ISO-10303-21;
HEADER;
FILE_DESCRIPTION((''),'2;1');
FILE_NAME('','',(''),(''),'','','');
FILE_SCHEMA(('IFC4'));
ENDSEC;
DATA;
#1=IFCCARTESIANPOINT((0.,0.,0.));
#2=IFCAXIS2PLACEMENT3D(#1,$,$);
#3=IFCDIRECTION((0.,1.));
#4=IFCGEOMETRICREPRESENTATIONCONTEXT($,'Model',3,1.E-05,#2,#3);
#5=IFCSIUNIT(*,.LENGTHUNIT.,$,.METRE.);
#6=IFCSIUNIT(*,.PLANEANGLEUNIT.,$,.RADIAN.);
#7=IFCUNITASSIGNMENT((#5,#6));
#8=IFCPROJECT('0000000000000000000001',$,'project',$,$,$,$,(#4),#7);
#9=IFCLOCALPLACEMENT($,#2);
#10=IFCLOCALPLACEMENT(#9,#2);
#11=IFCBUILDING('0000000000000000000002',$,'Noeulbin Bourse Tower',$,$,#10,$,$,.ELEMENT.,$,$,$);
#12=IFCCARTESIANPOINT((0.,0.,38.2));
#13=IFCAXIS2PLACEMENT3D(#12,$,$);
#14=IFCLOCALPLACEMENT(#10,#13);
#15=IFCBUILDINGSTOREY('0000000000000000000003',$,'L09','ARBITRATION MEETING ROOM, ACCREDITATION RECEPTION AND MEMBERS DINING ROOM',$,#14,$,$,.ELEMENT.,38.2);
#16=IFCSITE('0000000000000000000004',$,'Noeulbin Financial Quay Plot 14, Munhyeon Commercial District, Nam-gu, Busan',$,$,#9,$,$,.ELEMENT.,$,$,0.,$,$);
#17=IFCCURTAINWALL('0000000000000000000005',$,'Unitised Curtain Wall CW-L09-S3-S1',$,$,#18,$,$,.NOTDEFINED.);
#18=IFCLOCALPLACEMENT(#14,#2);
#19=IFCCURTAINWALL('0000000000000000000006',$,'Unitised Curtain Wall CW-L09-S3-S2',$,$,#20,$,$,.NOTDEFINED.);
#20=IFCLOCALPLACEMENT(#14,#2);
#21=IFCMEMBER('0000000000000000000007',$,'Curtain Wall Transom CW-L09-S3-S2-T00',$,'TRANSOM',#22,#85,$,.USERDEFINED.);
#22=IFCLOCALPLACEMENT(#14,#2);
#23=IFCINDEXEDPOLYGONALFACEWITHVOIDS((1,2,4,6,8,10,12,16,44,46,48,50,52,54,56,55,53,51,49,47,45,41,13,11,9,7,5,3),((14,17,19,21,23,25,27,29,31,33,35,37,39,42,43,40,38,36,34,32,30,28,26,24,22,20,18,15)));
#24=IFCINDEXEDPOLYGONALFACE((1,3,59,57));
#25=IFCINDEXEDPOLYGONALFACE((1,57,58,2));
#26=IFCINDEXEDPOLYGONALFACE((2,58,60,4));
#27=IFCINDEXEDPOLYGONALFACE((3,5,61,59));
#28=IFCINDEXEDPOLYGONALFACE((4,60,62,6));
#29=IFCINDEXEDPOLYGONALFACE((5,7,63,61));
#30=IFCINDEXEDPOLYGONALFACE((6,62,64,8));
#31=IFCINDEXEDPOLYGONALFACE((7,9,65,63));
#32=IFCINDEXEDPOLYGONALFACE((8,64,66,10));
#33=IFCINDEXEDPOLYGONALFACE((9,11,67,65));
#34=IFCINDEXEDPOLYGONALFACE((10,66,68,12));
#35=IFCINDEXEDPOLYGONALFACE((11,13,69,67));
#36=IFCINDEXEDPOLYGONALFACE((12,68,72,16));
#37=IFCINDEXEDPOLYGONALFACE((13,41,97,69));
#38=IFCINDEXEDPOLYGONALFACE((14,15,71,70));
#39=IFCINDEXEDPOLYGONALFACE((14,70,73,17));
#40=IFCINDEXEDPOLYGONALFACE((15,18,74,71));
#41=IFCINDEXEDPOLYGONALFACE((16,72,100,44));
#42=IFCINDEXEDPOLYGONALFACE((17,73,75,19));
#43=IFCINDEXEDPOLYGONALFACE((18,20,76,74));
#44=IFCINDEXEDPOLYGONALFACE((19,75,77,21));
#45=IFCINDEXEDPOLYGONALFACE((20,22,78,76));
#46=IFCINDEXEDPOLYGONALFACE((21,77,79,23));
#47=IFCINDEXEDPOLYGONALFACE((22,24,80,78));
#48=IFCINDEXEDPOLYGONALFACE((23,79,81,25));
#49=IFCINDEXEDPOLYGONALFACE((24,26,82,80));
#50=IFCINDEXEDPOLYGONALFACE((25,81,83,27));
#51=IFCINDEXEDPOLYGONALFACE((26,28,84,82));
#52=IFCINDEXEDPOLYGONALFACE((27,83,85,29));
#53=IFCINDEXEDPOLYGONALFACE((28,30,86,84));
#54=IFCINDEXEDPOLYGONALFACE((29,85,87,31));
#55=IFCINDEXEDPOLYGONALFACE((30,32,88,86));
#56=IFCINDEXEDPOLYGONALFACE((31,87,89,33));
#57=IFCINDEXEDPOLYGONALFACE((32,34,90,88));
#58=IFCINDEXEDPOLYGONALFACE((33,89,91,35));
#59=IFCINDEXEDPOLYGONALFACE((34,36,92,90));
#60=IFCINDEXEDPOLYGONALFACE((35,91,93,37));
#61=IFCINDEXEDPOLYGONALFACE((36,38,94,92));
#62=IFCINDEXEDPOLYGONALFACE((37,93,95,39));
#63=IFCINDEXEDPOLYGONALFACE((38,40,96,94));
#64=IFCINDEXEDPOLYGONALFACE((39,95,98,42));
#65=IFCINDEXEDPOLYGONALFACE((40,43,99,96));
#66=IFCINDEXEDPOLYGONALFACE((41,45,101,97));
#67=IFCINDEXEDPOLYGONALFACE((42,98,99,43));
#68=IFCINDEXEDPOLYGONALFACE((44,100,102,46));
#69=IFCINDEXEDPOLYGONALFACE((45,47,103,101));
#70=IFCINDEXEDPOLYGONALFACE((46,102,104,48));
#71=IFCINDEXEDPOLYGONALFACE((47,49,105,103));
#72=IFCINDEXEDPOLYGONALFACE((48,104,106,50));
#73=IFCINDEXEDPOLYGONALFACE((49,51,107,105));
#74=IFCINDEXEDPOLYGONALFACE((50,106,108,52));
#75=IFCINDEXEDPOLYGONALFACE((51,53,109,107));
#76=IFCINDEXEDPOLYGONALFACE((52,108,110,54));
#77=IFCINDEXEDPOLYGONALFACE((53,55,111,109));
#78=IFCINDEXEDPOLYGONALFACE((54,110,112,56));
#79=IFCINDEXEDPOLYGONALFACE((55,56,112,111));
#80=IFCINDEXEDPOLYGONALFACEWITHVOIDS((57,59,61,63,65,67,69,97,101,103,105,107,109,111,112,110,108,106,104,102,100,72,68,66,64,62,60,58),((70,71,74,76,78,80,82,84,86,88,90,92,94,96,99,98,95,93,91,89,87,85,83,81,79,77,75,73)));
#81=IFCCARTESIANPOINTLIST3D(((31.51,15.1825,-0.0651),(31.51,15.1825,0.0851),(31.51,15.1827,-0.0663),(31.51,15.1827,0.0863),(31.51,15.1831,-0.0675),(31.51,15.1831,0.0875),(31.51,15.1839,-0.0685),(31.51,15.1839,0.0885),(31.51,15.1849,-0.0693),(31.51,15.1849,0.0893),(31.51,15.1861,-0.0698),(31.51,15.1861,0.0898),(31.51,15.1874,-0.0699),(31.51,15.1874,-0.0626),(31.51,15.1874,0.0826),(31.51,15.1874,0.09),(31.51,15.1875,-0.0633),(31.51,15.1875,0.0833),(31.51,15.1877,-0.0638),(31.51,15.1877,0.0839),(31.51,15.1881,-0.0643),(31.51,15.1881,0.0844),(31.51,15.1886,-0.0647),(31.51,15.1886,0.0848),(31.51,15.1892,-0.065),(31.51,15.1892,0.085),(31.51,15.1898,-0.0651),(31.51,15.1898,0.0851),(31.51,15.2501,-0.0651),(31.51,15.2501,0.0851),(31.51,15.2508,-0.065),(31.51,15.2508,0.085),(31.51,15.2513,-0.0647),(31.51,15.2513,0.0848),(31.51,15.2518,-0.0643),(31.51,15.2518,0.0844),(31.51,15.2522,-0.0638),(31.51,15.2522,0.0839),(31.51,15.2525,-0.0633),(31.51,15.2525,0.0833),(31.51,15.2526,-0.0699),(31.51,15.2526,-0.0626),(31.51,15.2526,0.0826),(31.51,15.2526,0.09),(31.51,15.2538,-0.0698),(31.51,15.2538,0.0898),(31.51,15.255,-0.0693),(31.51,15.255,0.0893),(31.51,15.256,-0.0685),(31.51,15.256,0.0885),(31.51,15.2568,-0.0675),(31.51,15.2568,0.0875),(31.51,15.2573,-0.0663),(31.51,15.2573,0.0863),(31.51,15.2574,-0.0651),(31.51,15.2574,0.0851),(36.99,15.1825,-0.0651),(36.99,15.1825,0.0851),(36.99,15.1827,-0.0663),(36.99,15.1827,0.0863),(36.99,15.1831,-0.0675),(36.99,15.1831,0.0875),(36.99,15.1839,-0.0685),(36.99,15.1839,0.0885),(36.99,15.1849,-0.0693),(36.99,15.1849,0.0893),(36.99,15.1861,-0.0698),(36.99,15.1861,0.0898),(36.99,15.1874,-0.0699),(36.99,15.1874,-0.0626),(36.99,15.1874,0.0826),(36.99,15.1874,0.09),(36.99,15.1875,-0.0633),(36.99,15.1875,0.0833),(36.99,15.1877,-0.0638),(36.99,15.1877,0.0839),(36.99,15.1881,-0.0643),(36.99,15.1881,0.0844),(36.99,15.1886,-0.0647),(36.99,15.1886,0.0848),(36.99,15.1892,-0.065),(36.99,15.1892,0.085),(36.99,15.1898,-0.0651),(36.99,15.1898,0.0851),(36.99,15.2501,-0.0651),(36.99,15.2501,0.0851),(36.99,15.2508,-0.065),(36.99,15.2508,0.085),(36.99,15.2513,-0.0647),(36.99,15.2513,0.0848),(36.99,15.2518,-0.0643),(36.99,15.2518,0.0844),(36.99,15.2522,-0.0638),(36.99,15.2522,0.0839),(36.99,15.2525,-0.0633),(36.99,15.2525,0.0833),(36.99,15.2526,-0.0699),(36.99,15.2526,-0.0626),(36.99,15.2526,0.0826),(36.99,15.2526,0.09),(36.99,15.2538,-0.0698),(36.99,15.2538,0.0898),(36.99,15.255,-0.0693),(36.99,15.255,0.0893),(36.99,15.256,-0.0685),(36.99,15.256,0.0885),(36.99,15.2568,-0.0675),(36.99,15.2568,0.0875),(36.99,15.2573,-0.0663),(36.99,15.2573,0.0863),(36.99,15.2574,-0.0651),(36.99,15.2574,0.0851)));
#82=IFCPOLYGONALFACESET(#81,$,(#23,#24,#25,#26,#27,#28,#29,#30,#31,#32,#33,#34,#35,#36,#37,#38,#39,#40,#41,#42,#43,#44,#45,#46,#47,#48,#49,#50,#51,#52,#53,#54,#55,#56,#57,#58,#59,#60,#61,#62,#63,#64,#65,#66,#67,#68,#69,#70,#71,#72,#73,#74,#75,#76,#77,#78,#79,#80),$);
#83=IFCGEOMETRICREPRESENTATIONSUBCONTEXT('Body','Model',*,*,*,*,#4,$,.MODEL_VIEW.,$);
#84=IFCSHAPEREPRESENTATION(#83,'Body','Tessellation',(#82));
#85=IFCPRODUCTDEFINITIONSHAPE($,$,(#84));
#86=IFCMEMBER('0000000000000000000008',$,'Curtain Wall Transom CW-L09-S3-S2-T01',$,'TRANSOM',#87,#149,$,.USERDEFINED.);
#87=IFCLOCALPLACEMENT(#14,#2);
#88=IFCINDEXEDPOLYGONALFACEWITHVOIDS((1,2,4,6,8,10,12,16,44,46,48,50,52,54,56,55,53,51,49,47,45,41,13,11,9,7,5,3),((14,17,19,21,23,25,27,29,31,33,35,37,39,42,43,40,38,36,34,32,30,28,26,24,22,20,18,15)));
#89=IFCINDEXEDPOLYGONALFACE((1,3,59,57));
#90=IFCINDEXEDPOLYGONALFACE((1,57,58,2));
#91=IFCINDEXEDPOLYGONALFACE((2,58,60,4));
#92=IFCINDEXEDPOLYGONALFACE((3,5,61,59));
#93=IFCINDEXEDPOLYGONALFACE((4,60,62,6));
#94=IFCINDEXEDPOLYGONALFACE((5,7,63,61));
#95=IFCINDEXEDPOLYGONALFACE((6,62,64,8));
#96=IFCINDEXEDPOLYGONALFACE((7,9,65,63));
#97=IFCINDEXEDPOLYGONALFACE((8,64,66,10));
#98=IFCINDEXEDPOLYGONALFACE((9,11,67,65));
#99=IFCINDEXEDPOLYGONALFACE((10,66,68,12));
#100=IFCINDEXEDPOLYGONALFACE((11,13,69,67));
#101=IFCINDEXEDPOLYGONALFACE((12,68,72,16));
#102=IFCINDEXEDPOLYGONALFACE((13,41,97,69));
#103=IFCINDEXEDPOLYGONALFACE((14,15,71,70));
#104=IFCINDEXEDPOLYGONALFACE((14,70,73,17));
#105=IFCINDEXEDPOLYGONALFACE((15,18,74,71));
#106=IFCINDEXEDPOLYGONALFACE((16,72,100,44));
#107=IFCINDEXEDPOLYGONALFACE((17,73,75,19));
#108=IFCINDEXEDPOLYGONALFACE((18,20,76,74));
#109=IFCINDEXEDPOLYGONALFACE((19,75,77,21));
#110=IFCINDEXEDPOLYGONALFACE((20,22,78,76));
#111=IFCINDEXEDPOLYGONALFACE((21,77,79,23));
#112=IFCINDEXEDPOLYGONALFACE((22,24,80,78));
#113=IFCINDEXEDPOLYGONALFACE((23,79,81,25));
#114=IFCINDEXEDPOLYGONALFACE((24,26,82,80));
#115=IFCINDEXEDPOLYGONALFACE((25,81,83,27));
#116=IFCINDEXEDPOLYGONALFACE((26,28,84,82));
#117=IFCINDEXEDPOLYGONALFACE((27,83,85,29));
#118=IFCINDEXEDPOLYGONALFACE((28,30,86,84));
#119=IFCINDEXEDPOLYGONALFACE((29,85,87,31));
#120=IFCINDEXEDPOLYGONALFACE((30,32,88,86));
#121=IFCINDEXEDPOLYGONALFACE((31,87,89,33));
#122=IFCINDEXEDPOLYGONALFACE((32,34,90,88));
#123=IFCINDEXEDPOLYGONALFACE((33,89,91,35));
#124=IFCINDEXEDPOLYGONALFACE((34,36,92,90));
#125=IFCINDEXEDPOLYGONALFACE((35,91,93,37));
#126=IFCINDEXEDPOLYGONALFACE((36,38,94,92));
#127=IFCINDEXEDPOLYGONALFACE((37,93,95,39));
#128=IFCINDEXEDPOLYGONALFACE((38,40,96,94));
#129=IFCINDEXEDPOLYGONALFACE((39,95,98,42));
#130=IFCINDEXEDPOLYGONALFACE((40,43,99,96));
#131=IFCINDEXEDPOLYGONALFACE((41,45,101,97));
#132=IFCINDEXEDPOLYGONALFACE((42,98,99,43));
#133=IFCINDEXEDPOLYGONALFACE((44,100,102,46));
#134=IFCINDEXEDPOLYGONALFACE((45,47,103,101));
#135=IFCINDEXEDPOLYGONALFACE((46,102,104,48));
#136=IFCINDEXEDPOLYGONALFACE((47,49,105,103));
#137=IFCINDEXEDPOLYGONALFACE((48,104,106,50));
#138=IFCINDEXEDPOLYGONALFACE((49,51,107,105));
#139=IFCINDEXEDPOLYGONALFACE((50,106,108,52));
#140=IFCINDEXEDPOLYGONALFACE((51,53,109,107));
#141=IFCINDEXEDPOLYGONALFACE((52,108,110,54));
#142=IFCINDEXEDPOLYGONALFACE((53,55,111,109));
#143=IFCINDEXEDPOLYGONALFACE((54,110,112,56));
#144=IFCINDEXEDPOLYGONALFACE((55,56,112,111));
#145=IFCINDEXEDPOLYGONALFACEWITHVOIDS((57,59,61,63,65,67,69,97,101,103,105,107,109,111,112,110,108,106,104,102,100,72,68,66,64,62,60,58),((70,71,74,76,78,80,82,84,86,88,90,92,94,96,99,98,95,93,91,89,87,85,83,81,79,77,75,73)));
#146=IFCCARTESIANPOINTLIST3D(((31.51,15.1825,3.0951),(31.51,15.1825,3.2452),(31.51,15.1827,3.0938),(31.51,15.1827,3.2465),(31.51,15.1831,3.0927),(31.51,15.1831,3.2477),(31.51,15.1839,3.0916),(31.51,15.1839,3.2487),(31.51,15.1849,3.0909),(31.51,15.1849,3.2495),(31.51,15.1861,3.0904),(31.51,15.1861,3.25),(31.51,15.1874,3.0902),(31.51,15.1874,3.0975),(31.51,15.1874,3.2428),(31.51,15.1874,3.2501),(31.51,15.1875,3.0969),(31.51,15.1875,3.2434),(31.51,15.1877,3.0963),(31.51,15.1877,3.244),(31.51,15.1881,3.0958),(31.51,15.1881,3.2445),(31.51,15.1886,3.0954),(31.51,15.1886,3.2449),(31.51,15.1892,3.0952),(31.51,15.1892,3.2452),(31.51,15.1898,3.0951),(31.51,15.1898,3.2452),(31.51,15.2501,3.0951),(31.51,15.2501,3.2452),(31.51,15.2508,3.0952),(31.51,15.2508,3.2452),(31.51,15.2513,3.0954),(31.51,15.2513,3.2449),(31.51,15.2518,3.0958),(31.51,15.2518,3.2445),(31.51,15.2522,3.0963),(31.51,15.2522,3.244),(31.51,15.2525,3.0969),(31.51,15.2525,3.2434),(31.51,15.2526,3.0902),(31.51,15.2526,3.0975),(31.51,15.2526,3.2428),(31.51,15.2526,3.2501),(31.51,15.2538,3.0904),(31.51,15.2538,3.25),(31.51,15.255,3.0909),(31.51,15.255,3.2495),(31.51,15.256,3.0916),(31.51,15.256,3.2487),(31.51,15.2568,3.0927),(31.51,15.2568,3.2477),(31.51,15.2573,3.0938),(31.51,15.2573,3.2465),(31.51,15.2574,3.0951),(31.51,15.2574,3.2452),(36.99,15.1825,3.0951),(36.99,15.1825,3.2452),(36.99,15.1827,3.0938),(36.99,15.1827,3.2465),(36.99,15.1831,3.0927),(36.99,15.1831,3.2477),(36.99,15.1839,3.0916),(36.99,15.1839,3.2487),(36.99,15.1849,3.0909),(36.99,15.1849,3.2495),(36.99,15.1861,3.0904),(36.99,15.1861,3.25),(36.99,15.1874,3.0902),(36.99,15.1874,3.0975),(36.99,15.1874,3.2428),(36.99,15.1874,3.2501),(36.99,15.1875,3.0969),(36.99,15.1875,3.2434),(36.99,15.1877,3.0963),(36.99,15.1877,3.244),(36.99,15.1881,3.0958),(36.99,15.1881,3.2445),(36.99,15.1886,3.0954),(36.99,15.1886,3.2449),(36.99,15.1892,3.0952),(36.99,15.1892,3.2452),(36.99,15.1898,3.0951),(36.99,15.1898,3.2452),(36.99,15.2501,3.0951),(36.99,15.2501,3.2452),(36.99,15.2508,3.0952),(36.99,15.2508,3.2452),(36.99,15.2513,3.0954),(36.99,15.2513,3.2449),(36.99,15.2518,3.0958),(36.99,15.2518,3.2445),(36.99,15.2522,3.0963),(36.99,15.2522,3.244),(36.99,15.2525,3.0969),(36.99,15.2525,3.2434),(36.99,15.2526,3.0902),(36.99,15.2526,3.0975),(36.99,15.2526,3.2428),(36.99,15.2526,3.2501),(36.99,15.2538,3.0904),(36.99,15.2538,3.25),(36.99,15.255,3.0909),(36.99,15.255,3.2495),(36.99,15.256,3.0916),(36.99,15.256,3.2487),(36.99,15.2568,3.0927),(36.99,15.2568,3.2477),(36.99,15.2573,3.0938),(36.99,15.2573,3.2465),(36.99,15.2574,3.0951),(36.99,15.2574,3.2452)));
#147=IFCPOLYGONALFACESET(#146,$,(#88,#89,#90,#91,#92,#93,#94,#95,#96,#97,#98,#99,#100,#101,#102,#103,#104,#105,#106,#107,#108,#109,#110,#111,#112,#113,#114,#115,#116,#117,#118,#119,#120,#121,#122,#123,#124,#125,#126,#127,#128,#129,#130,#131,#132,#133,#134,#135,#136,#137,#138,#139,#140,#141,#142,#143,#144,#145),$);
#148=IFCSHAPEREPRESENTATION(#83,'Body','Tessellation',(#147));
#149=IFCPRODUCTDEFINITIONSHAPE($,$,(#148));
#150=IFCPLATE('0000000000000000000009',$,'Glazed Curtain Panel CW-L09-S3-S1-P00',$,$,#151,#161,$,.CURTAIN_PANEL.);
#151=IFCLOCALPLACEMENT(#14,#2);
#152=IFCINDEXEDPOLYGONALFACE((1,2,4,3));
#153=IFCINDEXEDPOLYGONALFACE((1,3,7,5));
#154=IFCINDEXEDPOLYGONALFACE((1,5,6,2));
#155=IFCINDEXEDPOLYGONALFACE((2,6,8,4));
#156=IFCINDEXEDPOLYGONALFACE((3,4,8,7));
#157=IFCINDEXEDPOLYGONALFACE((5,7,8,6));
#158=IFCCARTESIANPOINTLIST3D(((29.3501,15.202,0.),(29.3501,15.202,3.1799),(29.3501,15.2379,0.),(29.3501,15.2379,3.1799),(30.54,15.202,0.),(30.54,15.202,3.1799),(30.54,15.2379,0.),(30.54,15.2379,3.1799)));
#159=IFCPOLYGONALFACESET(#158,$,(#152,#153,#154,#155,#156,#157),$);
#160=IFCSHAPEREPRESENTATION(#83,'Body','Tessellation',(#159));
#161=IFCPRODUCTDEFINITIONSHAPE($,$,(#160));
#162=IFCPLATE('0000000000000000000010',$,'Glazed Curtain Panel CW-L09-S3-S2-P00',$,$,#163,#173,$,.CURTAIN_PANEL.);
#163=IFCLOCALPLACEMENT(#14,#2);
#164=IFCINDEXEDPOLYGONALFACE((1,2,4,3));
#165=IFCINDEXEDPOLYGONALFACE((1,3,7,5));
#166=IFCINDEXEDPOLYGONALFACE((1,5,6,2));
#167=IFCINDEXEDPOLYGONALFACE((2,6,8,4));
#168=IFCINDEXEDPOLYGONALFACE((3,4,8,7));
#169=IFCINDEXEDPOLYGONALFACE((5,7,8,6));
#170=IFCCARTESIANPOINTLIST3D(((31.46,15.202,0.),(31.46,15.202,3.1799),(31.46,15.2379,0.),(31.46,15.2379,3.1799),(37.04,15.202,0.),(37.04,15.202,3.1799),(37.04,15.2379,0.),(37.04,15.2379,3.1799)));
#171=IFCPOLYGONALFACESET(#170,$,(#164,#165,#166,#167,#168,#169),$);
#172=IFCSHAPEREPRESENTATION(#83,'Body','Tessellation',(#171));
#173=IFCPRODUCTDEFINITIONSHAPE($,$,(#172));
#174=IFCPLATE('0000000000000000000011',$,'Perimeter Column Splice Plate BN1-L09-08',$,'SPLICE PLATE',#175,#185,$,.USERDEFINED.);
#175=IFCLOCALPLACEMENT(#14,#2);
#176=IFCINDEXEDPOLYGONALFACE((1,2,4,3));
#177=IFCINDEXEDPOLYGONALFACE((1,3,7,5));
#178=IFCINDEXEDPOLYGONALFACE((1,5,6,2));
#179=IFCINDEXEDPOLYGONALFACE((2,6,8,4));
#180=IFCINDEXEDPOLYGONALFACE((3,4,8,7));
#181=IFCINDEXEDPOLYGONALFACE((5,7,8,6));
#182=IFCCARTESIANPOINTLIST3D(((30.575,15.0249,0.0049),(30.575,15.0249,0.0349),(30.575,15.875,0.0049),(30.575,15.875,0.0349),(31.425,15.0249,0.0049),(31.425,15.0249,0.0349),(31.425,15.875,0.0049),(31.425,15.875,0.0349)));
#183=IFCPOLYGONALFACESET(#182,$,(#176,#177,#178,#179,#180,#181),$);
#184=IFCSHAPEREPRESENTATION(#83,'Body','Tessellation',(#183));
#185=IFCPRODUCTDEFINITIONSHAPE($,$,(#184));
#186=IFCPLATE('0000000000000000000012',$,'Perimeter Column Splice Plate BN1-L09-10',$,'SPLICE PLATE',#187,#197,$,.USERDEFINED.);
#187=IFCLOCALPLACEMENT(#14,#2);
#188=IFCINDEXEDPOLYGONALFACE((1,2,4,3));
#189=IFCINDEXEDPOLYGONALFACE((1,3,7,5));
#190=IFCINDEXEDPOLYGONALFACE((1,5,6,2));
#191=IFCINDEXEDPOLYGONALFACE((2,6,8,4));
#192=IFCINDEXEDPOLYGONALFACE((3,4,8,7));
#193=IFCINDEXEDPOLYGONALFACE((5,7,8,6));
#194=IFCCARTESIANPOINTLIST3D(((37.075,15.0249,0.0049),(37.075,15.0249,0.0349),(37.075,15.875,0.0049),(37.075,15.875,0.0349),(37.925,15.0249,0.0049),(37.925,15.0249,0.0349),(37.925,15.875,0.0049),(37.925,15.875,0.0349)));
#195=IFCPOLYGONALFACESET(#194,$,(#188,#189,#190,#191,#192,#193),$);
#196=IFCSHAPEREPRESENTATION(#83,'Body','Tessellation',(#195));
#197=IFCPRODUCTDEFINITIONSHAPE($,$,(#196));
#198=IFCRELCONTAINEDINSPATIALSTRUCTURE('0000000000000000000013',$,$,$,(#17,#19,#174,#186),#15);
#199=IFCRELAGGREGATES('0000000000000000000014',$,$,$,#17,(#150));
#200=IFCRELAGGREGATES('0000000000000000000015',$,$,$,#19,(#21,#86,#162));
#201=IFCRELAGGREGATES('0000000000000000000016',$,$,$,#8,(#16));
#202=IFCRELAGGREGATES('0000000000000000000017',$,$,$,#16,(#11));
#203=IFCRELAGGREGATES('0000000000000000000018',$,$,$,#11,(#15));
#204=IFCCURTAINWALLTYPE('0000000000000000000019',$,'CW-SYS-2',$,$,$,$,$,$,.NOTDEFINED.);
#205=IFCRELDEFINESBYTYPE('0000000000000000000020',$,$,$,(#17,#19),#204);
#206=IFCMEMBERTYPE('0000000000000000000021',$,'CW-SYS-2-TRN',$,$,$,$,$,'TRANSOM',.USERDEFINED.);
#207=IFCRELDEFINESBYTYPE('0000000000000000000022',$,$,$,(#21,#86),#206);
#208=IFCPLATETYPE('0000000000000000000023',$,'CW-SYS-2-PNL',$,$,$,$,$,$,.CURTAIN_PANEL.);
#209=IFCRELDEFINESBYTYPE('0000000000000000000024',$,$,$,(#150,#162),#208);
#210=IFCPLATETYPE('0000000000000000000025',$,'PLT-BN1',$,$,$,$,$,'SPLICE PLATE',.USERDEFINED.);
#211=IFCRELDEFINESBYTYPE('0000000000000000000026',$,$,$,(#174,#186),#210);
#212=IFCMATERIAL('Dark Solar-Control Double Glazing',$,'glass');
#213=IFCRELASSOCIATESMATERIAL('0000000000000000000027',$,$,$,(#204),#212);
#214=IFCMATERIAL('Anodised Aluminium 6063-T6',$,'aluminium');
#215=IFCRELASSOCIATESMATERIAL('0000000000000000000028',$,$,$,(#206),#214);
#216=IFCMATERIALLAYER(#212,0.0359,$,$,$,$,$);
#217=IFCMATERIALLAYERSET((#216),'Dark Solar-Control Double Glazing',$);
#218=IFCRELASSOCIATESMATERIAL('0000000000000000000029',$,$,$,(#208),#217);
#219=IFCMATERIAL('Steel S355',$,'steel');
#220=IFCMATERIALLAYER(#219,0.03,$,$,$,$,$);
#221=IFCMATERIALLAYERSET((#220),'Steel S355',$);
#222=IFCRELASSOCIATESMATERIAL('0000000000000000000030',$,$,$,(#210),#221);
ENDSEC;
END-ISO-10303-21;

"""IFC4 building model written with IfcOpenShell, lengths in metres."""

from ifc_helpers import new_model, si_unit, direction, frame, origin, origin_2d, place, context, subcontext, project, spatial, rectangle, hollow_rectangle, extrude, material, layer, layer_set, material_profile, profile_set, type_object, element, aggregate, save


model = new_model("IFC4")

# Units and contexts
model_context = context("Model", 3, precision=1e-05, world=origin(), true_north=direction((0.0, 1.0)))
body_context = subcontext(model_context, "Body", "Model", "MODEL_VIEW")
ifc_project = project(units=[si_unit("LENGTHUNIT", "METRE"), si_unit("PLANEANGLEUNIT", "RADIAN")], contexts=[model_context])

# Site, building, storey
site_placement = place(None, origin())
site = spatial("IfcSite", under=ifc_project, at=site_placement, Name="Noeulbin Financial Quay Plot 14, Munhyeon Commercial District, Nam-gu, Busan", CompositionType="ELEMENT", RefElevation=0.0)
building_placement = place(site_placement, origin())
building = spatial("IfcBuilding", under=site, at=building_placement, Name="Noeulbin Bourse Tower", CompositionType="ELEMENT")
storey_placement = place(building_placement, frame((0.0, 0.0, 38.2)))
storey = spatial("IfcBuildingStorey", under=building, at=storey_placement, Name="L09", Description="ARBITRATION MEETING ROOM, ACCREDITATION RECEPTION AND MEMBERS DINING ROOM", CompositionType="ELEMENT", Elevation=38.2)

# Shared definitions
ifc_material_1 = material(Name="Steel S355", Category="steel")

# Curtain walls
ifc_material_2 = material(Name="Dark Solar-Control Double Glazing", Category="glass")
curtain_wall_type = type_object("IfcCurtainWallType", Name="CW-SYS-2", PredefinedType="NOTDEFINED", material=ifc_material_2)
curtain_wall_1_placement = place(storey_placement, origin())
curtain_wall_1 = element("IfcCurtainWall", 1, at=curtain_wall_1_placement, inside=storey, type_object=curtain_wall_type, Name="Unitised Curtain Wall CW-L09-S3-S1", PredefinedType="NOTDEFINED")
ifc_material_3 = material(Name="Anodised Aluminium 6063-T6", Category="aluminium")
curtain_wall_2_placement = place(storey_placement, origin())
curtain_wall_2 = element("IfcCurtainWall", 2, at=curtain_wall_2_placement, inside=storey, type_object=curtain_wall_type, Name="Unitised Curtain Wall CW-L09-S3-S2", PredefinedType="NOTDEFINED")

# Members
ifc_material_profile_1 = material_profile(ifc_material_3, hollow_rectangle(XDim=0.075, YDim=0.1599, WallThickness=0.0049, InnerFilletRadius=0.0024, OuterFilletRadius=0.0049, at=origin_2d()), Name="ALU-TRAN-75x160x5", Category="LoadBearing")
ifc_profile_set_1 = profile_set([ifc_material_profile_1], Name="Anodised Aluminium 6063-T6")
member_type_1 = type_object("IfcMemberType", Name="CW-SYS-2-TRN", ElementType="TRANSOM", PredefinedType="USERDEFINED", material=ifc_profile_set_1)
member_1_placement = place(storey_placement, frame((31.51, 15.22, 0.01), z_axis=(1.0, 0.0, 0.0), x_axis=(0.0, 1.0, 0.0)))
member_1 = element("IfcMember", 3, at=member_1_placement, type_object=member_type_1, Name="Curtain Wall Transom CW-L09-S3-S2-T00", ObjectType="TRANSOM", PredefinedType="USERDEFINED", context=body_context, shape_type="SweptSolid", body=[
    extrude(hollow_rectangle(XDim=0.075, YDim=0.1599, WallThickness=0.0049, InnerFilletRadius=0.0024, OuterFilletRadius=0.0049, at=origin_2d()), origin(), (0.0, 0.0, 1.0), 5.48),
])
member_2_placement = place(storey_placement, frame((31.51, 15.22, 3.1702), z_axis=(1.0, 0.0, 0.0), x_axis=(0.0, 1.0, 0.0)))
member_2 = element("IfcMember", 4, at=member_2_placement, type_object=member_type_1, Name="Curtain Wall Transom CW-L09-S3-S2-T01", ObjectType="TRANSOM", PredefinedType="USERDEFINED", context=body_context, shape_type="SweptSolid", body=[
    extrude(hollow_rectangle(XDim=0.075, YDim=0.1599, WallThickness=0.0049, InnerFilletRadius=0.0024, OuterFilletRadius=0.0049, at=origin_2d()), origin(), (0.0, 0.0, 1.0), 5.48),
])

# Plates
ifc_layer_1 = layer(ifc_material_2, 0.0359)
ifc_layer_set_1 = layer_set([ifc_layer_1], Name="Dark Solar-Control Double Glazing")
plate_type_1 = type_object("IfcPlateType", Name="CW-SYS-2-PNL", PredefinedType="CURTAIN_PANEL", material=ifc_layer_set_1)
plate_1_placement = place(storey_placement, frame((29.9451, 15.22, 0.0), z_axis=(0.0, 0.0, 1.0), x_axis=(1.0, 0.0, 0.0)))
plate_1 = element("IfcPlate", 5, at=plate_1_placement, type_object=plate_type_1, Name="Glazed Curtain Panel CW-L09-S3-S1-P00", PredefinedType="CURTAIN_PANEL", context=body_context, shape_type="SweptSolid", body=[
    extrude(rectangle(XDim=1.1899, YDim=0.0359, at=origin_2d()), origin(), (0.0, 0.0, 1.0), 3.1799),
])
aggregate(curtain_wall_1, [plate_1])
plate_2_placement = place(storey_placement, frame((34.25, 15.22, 0.0), z_axis=(0.0, 0.0, 1.0), x_axis=(1.0, 0.0, 0.0)))
plate_2 = element("IfcPlate", 6, at=plate_2_placement, type_object=plate_type_1, Name="Glazed Curtain Panel CW-L09-S3-S2-P00", PredefinedType="CURTAIN_PANEL", context=body_context, shape_type="SweptSolid", body=[
    extrude(rectangle(XDim=5.5801, YDim=0.0359, at=origin_2d()), origin(), (0.0, 0.0, 1.0), 3.1799),
])
aggregate(curtain_wall_2, [member_1, member_2, plate_2])

# Plates
ifc_layer_2 = layer(ifc_material_1, 0.03)
ifc_layer_set_2 = layer_set([ifc_layer_2], Name="Steel S355")
plate_type_2 = type_object("IfcPlateType", Name="PLT-BN1", ElementType="SPLICE PLATE", PredefinedType="USERDEFINED", material=ifc_layer_set_2)
for number, where, z_axis, x_axis, name in (
    (7, (31.0, 15.45, 0.0049), (0.0, 0.0, 1.0), (1.0, 0.0, 0.0), "Perimeter Column Splice Plate BN1-L09-08"),
    (8, (37.5, 15.45, 0.0049), (0.0, 0.0, 1.0), (1.0, 0.0, 0.0), "Perimeter Column Splice Plate BN1-L09-10"),
):
    element("IfcPlate", number, at=place(storey_placement, frame(where, z_axis=z_axis, x_axis=x_axis)), inside=storey, type_object=plate_type_2, Name=name, ObjectType="SPLICE PLATE", PredefinedType="USERDEFINED", context=body_context, shape_type="SweptSolid", body=[
        extrude(rectangle(XDim=0.8501, YDim=0.8501, at=origin_2d()), origin(), (0.0, 0.0, 1.0), 0.03),
    ])

save(model, "model.ifc")
